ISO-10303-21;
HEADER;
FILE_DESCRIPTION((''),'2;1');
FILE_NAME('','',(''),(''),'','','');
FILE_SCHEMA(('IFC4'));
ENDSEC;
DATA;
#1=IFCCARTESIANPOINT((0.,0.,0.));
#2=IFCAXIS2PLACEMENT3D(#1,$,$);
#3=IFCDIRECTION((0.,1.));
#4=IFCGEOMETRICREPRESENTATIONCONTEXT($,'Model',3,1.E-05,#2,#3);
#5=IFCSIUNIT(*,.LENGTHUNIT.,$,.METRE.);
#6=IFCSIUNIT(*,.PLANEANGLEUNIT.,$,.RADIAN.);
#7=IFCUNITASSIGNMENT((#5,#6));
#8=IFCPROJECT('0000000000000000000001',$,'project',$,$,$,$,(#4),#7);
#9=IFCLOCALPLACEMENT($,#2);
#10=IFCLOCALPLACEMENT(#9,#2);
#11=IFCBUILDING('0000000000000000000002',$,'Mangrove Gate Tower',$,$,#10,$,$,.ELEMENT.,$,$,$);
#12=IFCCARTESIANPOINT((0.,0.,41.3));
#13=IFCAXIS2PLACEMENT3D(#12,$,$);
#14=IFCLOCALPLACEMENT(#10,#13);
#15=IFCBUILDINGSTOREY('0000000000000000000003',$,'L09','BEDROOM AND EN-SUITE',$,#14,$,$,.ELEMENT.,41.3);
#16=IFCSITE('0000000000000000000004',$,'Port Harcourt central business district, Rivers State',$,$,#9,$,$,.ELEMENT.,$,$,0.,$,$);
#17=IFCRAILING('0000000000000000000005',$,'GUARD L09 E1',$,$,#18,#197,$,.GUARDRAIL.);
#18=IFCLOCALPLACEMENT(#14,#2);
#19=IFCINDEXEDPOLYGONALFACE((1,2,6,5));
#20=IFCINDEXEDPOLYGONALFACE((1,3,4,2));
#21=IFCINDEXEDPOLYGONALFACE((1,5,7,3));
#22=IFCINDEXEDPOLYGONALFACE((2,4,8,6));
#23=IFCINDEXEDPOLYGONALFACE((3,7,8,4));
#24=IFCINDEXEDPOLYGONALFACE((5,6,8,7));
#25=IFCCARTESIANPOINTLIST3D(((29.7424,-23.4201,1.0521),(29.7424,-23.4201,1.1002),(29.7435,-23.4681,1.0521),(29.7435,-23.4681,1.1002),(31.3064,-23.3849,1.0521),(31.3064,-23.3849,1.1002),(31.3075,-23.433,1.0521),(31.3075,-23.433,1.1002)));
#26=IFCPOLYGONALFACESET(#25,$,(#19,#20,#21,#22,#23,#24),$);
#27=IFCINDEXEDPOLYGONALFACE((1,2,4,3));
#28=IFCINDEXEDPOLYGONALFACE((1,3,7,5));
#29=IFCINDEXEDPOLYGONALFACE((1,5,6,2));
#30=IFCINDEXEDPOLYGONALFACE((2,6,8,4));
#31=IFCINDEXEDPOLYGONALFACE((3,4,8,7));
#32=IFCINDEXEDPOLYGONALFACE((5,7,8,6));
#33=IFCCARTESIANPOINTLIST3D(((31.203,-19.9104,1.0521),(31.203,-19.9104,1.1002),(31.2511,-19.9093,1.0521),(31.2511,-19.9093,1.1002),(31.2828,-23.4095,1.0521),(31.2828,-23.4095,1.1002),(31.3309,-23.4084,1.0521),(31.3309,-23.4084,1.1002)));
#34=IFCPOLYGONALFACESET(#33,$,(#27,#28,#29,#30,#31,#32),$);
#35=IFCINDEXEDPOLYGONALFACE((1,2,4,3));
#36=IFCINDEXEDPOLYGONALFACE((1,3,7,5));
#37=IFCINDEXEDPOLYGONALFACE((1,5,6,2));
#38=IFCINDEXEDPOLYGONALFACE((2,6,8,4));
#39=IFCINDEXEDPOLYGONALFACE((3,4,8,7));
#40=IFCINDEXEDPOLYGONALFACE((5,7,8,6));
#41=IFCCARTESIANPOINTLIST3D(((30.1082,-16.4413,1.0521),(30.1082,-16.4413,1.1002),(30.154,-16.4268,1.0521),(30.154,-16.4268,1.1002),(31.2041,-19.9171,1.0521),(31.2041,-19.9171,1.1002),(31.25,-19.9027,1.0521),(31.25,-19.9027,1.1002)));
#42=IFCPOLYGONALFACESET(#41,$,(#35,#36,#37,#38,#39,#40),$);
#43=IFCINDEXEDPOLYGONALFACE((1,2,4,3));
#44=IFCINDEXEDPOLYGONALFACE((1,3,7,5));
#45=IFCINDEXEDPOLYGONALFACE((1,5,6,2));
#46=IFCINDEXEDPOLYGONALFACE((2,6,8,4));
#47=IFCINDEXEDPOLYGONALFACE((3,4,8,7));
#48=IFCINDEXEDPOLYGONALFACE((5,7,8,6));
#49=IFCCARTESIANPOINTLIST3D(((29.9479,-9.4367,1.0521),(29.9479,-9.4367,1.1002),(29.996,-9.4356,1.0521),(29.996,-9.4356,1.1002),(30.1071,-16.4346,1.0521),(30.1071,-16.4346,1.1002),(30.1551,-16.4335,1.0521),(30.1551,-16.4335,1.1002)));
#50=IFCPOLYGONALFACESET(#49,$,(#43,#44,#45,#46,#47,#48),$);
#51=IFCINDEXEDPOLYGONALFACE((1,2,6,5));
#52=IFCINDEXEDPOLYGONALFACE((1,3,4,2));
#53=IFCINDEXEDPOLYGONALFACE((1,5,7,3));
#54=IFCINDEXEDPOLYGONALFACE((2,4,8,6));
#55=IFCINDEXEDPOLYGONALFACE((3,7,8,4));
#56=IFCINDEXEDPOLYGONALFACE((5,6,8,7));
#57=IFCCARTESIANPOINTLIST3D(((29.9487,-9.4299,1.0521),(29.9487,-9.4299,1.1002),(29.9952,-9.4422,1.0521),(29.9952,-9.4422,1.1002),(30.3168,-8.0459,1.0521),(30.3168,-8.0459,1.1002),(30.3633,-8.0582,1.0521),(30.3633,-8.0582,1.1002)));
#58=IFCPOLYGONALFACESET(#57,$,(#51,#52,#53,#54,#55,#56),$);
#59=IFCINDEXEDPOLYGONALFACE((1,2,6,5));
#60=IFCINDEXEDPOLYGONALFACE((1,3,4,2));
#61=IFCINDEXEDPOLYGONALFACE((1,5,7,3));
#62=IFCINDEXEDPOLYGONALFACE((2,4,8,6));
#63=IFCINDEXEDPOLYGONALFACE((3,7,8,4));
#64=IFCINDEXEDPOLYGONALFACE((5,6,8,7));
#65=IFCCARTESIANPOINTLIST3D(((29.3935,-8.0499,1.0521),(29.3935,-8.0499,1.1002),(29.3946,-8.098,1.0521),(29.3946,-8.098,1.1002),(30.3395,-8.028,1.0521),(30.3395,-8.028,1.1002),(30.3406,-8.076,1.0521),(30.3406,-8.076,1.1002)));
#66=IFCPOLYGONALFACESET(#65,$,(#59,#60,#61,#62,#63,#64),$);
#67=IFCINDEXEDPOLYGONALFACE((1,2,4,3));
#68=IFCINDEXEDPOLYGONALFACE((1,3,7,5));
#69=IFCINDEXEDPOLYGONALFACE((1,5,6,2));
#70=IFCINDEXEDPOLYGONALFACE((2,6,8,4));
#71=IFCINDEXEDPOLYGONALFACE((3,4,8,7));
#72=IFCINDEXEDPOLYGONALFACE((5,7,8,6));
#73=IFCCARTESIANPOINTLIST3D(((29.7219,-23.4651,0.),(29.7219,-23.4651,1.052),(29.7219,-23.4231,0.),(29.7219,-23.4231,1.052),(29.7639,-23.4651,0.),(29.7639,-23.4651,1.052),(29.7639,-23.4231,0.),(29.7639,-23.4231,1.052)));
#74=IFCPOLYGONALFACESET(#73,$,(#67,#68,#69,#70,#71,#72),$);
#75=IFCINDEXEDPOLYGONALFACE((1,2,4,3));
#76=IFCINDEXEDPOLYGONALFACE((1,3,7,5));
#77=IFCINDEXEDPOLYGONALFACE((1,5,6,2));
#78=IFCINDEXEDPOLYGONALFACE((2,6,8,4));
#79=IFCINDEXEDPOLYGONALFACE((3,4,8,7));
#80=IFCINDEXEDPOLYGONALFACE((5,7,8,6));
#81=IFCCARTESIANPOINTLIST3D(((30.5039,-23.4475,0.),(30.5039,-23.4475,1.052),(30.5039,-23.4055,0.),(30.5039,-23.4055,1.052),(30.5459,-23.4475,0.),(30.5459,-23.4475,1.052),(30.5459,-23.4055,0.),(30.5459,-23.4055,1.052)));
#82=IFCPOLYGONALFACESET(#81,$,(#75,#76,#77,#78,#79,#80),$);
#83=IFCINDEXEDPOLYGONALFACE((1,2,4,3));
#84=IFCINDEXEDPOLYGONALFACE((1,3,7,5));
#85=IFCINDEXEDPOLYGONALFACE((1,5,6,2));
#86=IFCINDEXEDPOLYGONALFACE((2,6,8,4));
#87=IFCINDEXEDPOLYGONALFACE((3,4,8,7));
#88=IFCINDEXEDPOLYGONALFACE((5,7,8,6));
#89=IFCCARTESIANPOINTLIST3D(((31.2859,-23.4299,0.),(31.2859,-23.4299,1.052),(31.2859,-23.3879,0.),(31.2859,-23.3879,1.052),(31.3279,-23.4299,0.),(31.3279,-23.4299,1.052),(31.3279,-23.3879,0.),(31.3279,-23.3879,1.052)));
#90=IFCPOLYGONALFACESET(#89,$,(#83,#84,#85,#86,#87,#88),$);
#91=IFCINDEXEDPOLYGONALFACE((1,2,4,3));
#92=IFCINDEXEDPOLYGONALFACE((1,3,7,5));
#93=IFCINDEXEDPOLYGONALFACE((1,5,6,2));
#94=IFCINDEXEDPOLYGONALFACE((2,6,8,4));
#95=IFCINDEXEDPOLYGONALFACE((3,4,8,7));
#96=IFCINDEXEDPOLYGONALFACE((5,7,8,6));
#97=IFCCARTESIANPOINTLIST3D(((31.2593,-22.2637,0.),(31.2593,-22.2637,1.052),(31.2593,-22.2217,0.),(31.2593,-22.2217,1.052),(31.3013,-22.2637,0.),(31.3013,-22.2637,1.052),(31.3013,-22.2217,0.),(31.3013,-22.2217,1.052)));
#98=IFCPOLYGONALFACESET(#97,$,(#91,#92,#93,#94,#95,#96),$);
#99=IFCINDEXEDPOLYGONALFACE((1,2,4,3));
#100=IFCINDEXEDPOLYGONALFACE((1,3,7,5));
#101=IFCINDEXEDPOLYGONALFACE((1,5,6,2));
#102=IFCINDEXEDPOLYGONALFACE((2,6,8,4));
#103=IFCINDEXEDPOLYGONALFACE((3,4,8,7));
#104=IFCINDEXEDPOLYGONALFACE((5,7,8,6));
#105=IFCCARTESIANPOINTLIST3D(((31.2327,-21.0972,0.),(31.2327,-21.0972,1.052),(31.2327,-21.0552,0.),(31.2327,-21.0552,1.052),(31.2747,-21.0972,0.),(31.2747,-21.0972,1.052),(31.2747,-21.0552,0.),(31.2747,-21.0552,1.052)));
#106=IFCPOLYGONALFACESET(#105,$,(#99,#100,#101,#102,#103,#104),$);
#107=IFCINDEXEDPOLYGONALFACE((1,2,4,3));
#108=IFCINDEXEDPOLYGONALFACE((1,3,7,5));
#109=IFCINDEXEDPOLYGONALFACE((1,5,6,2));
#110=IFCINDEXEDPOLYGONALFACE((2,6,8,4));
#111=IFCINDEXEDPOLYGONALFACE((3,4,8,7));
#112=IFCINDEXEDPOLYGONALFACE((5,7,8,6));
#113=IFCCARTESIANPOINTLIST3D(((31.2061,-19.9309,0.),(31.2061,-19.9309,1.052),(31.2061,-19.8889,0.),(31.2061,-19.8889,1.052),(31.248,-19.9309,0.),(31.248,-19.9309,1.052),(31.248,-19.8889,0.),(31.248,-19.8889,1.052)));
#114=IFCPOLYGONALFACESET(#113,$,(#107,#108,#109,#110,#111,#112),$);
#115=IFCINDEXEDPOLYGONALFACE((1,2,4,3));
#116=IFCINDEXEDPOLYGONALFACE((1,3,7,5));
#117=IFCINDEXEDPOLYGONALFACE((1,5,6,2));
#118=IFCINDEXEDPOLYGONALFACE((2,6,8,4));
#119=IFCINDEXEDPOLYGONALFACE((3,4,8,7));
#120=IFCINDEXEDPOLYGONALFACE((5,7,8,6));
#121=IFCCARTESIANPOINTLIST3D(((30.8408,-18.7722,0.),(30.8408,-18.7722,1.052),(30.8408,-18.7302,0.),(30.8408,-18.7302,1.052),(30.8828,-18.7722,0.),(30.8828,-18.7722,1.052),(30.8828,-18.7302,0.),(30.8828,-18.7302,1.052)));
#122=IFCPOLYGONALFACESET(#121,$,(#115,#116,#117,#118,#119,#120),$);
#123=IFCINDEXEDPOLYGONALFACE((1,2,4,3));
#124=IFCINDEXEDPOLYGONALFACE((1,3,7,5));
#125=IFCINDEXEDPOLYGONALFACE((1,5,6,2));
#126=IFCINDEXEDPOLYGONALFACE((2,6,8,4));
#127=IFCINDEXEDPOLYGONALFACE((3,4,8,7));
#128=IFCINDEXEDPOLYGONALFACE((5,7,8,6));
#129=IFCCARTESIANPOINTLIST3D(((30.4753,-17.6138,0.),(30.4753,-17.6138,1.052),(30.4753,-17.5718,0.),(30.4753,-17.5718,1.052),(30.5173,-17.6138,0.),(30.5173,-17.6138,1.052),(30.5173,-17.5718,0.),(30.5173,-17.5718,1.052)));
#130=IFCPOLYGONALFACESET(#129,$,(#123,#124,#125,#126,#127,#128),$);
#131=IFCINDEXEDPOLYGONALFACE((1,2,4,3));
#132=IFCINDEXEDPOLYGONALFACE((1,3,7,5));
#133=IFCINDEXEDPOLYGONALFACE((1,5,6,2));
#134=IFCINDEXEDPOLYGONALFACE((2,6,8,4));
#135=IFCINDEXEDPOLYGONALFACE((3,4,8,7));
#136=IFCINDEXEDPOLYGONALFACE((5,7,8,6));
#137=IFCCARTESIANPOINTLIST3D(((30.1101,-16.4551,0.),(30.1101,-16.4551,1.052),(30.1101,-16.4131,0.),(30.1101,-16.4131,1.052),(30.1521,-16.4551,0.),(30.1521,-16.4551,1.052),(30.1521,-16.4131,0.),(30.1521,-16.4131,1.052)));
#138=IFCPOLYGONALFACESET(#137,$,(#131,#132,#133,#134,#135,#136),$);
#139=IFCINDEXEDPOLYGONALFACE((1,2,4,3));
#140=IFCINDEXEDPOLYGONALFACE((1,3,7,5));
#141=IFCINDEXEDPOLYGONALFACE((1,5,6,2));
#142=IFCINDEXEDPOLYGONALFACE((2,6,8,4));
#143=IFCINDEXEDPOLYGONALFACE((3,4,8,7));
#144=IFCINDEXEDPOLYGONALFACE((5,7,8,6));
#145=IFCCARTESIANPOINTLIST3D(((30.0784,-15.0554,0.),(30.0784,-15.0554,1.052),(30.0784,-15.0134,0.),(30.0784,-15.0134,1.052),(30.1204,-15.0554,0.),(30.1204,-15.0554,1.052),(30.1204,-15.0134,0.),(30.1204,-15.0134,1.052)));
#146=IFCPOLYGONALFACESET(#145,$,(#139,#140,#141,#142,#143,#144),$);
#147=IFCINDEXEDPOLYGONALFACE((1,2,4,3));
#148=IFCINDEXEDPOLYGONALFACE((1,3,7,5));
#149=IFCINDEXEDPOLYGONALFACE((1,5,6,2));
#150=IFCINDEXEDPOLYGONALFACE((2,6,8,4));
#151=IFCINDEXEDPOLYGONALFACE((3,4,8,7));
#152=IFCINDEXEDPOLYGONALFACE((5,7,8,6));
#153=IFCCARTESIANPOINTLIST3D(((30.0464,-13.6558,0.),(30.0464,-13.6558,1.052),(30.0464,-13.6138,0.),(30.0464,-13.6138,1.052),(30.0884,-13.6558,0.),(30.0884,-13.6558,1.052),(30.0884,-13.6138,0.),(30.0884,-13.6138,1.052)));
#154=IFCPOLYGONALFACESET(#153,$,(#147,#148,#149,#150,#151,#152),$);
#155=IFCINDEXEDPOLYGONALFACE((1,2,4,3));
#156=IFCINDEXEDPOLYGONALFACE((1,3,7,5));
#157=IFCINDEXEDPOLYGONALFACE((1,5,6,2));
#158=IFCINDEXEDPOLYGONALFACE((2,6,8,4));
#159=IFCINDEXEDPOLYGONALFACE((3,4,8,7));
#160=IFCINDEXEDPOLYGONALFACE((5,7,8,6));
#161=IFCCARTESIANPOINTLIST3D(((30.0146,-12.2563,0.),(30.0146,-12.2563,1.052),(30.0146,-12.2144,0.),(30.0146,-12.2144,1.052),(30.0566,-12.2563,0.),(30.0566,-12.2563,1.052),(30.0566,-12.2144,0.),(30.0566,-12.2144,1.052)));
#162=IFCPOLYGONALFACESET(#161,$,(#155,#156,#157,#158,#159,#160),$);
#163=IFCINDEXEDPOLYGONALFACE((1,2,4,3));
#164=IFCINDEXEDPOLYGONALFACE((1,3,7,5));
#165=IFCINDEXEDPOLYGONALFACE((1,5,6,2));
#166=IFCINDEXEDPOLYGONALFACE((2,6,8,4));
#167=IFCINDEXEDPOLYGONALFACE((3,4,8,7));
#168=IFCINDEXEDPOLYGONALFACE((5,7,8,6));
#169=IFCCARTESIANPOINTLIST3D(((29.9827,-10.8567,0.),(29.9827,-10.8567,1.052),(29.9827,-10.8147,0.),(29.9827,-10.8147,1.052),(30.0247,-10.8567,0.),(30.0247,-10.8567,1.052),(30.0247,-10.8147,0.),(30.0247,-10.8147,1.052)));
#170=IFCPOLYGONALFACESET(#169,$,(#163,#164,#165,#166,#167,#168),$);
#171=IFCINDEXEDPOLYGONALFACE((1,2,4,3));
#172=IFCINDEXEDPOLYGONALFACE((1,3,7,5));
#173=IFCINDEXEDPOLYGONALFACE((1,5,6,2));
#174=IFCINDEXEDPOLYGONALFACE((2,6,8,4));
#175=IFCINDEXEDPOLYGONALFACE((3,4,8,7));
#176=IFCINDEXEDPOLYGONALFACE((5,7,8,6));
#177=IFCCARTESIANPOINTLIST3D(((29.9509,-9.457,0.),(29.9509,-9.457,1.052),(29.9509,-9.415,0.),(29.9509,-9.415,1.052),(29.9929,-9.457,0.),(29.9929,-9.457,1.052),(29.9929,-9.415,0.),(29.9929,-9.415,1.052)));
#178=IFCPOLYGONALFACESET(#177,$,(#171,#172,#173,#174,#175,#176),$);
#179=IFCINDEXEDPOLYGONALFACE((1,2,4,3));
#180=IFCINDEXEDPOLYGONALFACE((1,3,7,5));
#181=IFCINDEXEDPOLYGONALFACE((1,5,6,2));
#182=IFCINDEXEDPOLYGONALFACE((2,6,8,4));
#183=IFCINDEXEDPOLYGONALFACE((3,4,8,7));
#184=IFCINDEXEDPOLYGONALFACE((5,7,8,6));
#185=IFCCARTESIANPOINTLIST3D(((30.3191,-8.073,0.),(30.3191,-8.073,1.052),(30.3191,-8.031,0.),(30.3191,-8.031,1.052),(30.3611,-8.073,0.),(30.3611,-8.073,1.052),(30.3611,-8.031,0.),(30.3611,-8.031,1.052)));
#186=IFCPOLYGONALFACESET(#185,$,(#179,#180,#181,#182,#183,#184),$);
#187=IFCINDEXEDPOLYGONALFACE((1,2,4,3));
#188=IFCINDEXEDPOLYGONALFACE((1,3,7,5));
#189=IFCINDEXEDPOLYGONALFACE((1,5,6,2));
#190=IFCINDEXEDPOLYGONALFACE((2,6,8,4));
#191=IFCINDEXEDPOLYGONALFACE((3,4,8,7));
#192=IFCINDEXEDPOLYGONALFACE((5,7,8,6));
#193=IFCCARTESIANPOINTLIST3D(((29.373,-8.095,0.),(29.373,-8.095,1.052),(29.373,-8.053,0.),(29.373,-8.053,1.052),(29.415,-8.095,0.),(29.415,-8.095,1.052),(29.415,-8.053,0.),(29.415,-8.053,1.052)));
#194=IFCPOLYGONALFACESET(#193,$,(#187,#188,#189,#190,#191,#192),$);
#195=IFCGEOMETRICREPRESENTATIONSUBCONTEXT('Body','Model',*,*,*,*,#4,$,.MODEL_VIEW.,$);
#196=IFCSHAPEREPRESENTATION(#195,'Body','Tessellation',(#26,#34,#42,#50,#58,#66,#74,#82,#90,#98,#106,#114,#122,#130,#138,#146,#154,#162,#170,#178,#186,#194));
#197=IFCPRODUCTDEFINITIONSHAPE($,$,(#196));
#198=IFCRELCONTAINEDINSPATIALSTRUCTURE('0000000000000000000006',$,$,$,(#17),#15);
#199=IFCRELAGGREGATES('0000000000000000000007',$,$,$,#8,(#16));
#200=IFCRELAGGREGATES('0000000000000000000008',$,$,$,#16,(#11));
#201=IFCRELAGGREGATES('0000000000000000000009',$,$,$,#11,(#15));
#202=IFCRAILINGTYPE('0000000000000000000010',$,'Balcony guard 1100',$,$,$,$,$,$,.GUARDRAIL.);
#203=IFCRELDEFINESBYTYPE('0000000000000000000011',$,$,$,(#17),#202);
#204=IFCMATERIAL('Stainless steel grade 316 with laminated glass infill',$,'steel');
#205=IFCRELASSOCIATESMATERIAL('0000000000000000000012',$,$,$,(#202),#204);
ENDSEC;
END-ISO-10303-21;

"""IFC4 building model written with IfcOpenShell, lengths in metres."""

from ifc_helpers import new_model, si_unit, direction, frame, origin, origin_2d, place, context, subcontext, project, spatial, rectangle, extrude, material, type_object, element, save


model = new_model("IFC4")

# Units and contexts
model_context = context("Model", 3, precision=1e-05, world=origin(), true_north=direction((0.0, 1.0)))
body_context = subcontext(model_context, "Body", "Model", "MODEL_VIEW")
ifc_project = project(units=[si_unit("LENGTHUNIT", "METRE"), si_unit("PLANEANGLEUNIT", "RADIAN")], contexts=[model_context])

# Site, building, storey
site_placement = place(None, origin())
site = spatial("IfcSite", under=ifc_project, at=site_placement, Name="Port Harcourt central business district, Rivers State", CompositionType="ELEMENT", RefElevation=0.0)
building_placement = place(site_placement, origin())
building = spatial("IfcBuilding", under=site, at=building_placement, Name="Mangrove Gate Tower", CompositionType="ELEMENT")
storey_placement = place(building_placement, frame((0.0, 0.0, 41.3)))
storey = spatial("IfcBuildingStorey", under=building, at=storey_placement, Name="L09", Description="BEDROOM AND EN-SUITE", CompositionType="ELEMENT", Elevation=41.3)

# Railing
ifc_material_1 = material(Name="Stainless steel grade 316 with laminated glass infill", Category="steel")
railing_type = type_object("IfcRailingType", Name="Balcony guard 1100", PredefinedType="GUARDRAIL", material=ifc_material_1)
railing_placement = place(storey_placement, frame((29.7429, -23.4441, 0.0)))
element("IfcRailing", 1, at=railing_placement, inside=storey, type_object=railing_type, Name="GUARD L09 E1", PredefinedType="GUARDRAIL", context=body_context, shape_type="SweptSolid", body=[
    extrude(rectangle(XDim=0.0481, YDim=0.0481, at=origin_2d()), frame((0.0, 0.0, 1.0762), z_axis=(0.999747, 0.022473, 0.0), x_axis=(-0.022473, 0.999747, 0.0)), (0.0, 0.0, 1.0), 1.5645),
    extrude(rectangle(XDim=0.0481, YDim=0.0481, at=origin_2d()), frame((1.564, 0.0352, 1.0762), z_axis=(-0.02281, 0.99974, 0.0), x_axis=(-0.99974, -0.02281, 0.0)), (0.0, 0.0, 1.0), 3.5),
    extrude(rectangle(XDim=0.0481, YDim=0.0481, at=origin_2d()), frame((1.4841, 3.5342, 1.0762), z_axis=(-0.300711, 0.953715, 0.0), x_axis=(-0.953715, -0.300711, 0.0)), (0.0, 0.0, 1.0), 3.6445),
    extrude(rectangle(XDim=0.0481, YDim=0.0481, at=origin_2d()), frame((0.3882, 7.01, 1.0762), z_axis=(-0.02274, 0.999741, 0.0), x_axis=(-0.999741, -0.02274, 0.0)), (0.0, 0.0, 1.0), 6.9998),
    extrude(rectangle(XDim=0.0481, YDim=0.0481, at=origin_2d()), frame((0.229, 14.0081, 1.0762), z_axis=(0.257068, 0.966393, 0.0), x_axis=(-0.966393, 0.257068, 0.0)), (0.0, 0.0, 1.0), 1.4321),
    extrude(rectangle(XDim=0.0481, YDim=0.0481, at=origin_2d()), frame((0.5972, 15.3921, 1.0762), z_axis=(-0.99973, -0.02322, 0.0), x_axis=(0.02322, -0.99973, 0.0)), (0.0, 0.0, 1.0), 0.9463),
    extrude(rectangle(XDim=0.042, YDim=0.042, at=origin_2d()), origin(), (0.0, 0.0, 1.0), 1.052),
    extrude(rectangle(XDim=0.042, YDim=0.042, at=origin_2d()), frame((0.782, 0.0176, 0.0)), (0.0, 0.0, 1.0), 1.052),
    extrude(rectangle(XDim=0.042, YDim=0.042, at=origin_2d()), frame((1.564, 0.0352, 0.0)), (0.0, 0.0, 1.0), 1.052),
    extrude(rectangle(XDim=0.042, YDim=0.042, at=origin_2d()), frame((1.5374, 1.2014, 0.0)), (0.0, 0.0, 1.0), 1.052),
    extrude(rectangle(XDim=0.042, YDim=0.042, at=origin_2d()), frame((1.5107, 2.3679, 0.0)), (0.0, 0.0, 1.0), 1.052),
    extrude(rectangle(XDim=0.042, YDim=0.042, at=origin_2d()), frame((1.4841, 3.5342, 0.0)), (0.0, 0.0, 1.0), 1.052),
    extrude(rectangle(XDim=0.042, YDim=0.042, at=origin_2d()), frame((1.1189, 4.6929, 0.0)), (0.0, 0.0, 1.0), 1.052),
    extrude(rectangle(XDim=0.042, YDim=0.042, at=origin_2d()), frame((0.7534, 5.8513, 0.0)), (0.0, 0.0, 1.0), 1.052),
    extrude(rectangle(XDim=0.042, YDim=0.042, at=origin_2d()), frame((0.3882, 7.01, 0.0)), (0.0, 0.0, 1.0), 1.052),
    extrude(rectangle(XDim=0.042, YDim=0.042, at=origin_2d()), frame((0.3564, 8.4097, 0.0)), (0.0, 0.0, 1.0), 1.052),
    extrude(rectangle(XDim=0.042, YDim=0.042, at=origin_2d()), frame((0.3245, 9.8093, 0.0)), (0.0, 0.0, 1.0), 1.052),
    extrude(rectangle(XDim=0.042, YDim=0.042, at=origin_2d()), frame((0.2927, 11.2087, 0.0)), (0.0, 0.0, 1.0), 1.052),
    extrude(rectangle(XDim=0.042, YDim=0.042, at=origin_2d()), frame((0.2607, 12.6084, 0.0)), (0.0, 0.0, 1.0), 1.052),
    extrude(rectangle(XDim=0.042, YDim=0.042, at=origin_2d()), frame((0.229, 14.0081, 0.0)), (0.0, 0.0, 1.0), 1.052),
    extrude(rectangle(XDim=0.042, YDim=0.042, at=origin_2d()), frame((0.5972, 15.3921, 0.0)), (0.0, 0.0, 1.0), 1.052),
    extrude(rectangle(XDim=0.042, YDim=0.042, at=origin_2d()), frame((-0.3489, 15.3701, 0.0)), (0.0, 0.0, 1.0), 1.052),
])

save(model, "model.ifc")
